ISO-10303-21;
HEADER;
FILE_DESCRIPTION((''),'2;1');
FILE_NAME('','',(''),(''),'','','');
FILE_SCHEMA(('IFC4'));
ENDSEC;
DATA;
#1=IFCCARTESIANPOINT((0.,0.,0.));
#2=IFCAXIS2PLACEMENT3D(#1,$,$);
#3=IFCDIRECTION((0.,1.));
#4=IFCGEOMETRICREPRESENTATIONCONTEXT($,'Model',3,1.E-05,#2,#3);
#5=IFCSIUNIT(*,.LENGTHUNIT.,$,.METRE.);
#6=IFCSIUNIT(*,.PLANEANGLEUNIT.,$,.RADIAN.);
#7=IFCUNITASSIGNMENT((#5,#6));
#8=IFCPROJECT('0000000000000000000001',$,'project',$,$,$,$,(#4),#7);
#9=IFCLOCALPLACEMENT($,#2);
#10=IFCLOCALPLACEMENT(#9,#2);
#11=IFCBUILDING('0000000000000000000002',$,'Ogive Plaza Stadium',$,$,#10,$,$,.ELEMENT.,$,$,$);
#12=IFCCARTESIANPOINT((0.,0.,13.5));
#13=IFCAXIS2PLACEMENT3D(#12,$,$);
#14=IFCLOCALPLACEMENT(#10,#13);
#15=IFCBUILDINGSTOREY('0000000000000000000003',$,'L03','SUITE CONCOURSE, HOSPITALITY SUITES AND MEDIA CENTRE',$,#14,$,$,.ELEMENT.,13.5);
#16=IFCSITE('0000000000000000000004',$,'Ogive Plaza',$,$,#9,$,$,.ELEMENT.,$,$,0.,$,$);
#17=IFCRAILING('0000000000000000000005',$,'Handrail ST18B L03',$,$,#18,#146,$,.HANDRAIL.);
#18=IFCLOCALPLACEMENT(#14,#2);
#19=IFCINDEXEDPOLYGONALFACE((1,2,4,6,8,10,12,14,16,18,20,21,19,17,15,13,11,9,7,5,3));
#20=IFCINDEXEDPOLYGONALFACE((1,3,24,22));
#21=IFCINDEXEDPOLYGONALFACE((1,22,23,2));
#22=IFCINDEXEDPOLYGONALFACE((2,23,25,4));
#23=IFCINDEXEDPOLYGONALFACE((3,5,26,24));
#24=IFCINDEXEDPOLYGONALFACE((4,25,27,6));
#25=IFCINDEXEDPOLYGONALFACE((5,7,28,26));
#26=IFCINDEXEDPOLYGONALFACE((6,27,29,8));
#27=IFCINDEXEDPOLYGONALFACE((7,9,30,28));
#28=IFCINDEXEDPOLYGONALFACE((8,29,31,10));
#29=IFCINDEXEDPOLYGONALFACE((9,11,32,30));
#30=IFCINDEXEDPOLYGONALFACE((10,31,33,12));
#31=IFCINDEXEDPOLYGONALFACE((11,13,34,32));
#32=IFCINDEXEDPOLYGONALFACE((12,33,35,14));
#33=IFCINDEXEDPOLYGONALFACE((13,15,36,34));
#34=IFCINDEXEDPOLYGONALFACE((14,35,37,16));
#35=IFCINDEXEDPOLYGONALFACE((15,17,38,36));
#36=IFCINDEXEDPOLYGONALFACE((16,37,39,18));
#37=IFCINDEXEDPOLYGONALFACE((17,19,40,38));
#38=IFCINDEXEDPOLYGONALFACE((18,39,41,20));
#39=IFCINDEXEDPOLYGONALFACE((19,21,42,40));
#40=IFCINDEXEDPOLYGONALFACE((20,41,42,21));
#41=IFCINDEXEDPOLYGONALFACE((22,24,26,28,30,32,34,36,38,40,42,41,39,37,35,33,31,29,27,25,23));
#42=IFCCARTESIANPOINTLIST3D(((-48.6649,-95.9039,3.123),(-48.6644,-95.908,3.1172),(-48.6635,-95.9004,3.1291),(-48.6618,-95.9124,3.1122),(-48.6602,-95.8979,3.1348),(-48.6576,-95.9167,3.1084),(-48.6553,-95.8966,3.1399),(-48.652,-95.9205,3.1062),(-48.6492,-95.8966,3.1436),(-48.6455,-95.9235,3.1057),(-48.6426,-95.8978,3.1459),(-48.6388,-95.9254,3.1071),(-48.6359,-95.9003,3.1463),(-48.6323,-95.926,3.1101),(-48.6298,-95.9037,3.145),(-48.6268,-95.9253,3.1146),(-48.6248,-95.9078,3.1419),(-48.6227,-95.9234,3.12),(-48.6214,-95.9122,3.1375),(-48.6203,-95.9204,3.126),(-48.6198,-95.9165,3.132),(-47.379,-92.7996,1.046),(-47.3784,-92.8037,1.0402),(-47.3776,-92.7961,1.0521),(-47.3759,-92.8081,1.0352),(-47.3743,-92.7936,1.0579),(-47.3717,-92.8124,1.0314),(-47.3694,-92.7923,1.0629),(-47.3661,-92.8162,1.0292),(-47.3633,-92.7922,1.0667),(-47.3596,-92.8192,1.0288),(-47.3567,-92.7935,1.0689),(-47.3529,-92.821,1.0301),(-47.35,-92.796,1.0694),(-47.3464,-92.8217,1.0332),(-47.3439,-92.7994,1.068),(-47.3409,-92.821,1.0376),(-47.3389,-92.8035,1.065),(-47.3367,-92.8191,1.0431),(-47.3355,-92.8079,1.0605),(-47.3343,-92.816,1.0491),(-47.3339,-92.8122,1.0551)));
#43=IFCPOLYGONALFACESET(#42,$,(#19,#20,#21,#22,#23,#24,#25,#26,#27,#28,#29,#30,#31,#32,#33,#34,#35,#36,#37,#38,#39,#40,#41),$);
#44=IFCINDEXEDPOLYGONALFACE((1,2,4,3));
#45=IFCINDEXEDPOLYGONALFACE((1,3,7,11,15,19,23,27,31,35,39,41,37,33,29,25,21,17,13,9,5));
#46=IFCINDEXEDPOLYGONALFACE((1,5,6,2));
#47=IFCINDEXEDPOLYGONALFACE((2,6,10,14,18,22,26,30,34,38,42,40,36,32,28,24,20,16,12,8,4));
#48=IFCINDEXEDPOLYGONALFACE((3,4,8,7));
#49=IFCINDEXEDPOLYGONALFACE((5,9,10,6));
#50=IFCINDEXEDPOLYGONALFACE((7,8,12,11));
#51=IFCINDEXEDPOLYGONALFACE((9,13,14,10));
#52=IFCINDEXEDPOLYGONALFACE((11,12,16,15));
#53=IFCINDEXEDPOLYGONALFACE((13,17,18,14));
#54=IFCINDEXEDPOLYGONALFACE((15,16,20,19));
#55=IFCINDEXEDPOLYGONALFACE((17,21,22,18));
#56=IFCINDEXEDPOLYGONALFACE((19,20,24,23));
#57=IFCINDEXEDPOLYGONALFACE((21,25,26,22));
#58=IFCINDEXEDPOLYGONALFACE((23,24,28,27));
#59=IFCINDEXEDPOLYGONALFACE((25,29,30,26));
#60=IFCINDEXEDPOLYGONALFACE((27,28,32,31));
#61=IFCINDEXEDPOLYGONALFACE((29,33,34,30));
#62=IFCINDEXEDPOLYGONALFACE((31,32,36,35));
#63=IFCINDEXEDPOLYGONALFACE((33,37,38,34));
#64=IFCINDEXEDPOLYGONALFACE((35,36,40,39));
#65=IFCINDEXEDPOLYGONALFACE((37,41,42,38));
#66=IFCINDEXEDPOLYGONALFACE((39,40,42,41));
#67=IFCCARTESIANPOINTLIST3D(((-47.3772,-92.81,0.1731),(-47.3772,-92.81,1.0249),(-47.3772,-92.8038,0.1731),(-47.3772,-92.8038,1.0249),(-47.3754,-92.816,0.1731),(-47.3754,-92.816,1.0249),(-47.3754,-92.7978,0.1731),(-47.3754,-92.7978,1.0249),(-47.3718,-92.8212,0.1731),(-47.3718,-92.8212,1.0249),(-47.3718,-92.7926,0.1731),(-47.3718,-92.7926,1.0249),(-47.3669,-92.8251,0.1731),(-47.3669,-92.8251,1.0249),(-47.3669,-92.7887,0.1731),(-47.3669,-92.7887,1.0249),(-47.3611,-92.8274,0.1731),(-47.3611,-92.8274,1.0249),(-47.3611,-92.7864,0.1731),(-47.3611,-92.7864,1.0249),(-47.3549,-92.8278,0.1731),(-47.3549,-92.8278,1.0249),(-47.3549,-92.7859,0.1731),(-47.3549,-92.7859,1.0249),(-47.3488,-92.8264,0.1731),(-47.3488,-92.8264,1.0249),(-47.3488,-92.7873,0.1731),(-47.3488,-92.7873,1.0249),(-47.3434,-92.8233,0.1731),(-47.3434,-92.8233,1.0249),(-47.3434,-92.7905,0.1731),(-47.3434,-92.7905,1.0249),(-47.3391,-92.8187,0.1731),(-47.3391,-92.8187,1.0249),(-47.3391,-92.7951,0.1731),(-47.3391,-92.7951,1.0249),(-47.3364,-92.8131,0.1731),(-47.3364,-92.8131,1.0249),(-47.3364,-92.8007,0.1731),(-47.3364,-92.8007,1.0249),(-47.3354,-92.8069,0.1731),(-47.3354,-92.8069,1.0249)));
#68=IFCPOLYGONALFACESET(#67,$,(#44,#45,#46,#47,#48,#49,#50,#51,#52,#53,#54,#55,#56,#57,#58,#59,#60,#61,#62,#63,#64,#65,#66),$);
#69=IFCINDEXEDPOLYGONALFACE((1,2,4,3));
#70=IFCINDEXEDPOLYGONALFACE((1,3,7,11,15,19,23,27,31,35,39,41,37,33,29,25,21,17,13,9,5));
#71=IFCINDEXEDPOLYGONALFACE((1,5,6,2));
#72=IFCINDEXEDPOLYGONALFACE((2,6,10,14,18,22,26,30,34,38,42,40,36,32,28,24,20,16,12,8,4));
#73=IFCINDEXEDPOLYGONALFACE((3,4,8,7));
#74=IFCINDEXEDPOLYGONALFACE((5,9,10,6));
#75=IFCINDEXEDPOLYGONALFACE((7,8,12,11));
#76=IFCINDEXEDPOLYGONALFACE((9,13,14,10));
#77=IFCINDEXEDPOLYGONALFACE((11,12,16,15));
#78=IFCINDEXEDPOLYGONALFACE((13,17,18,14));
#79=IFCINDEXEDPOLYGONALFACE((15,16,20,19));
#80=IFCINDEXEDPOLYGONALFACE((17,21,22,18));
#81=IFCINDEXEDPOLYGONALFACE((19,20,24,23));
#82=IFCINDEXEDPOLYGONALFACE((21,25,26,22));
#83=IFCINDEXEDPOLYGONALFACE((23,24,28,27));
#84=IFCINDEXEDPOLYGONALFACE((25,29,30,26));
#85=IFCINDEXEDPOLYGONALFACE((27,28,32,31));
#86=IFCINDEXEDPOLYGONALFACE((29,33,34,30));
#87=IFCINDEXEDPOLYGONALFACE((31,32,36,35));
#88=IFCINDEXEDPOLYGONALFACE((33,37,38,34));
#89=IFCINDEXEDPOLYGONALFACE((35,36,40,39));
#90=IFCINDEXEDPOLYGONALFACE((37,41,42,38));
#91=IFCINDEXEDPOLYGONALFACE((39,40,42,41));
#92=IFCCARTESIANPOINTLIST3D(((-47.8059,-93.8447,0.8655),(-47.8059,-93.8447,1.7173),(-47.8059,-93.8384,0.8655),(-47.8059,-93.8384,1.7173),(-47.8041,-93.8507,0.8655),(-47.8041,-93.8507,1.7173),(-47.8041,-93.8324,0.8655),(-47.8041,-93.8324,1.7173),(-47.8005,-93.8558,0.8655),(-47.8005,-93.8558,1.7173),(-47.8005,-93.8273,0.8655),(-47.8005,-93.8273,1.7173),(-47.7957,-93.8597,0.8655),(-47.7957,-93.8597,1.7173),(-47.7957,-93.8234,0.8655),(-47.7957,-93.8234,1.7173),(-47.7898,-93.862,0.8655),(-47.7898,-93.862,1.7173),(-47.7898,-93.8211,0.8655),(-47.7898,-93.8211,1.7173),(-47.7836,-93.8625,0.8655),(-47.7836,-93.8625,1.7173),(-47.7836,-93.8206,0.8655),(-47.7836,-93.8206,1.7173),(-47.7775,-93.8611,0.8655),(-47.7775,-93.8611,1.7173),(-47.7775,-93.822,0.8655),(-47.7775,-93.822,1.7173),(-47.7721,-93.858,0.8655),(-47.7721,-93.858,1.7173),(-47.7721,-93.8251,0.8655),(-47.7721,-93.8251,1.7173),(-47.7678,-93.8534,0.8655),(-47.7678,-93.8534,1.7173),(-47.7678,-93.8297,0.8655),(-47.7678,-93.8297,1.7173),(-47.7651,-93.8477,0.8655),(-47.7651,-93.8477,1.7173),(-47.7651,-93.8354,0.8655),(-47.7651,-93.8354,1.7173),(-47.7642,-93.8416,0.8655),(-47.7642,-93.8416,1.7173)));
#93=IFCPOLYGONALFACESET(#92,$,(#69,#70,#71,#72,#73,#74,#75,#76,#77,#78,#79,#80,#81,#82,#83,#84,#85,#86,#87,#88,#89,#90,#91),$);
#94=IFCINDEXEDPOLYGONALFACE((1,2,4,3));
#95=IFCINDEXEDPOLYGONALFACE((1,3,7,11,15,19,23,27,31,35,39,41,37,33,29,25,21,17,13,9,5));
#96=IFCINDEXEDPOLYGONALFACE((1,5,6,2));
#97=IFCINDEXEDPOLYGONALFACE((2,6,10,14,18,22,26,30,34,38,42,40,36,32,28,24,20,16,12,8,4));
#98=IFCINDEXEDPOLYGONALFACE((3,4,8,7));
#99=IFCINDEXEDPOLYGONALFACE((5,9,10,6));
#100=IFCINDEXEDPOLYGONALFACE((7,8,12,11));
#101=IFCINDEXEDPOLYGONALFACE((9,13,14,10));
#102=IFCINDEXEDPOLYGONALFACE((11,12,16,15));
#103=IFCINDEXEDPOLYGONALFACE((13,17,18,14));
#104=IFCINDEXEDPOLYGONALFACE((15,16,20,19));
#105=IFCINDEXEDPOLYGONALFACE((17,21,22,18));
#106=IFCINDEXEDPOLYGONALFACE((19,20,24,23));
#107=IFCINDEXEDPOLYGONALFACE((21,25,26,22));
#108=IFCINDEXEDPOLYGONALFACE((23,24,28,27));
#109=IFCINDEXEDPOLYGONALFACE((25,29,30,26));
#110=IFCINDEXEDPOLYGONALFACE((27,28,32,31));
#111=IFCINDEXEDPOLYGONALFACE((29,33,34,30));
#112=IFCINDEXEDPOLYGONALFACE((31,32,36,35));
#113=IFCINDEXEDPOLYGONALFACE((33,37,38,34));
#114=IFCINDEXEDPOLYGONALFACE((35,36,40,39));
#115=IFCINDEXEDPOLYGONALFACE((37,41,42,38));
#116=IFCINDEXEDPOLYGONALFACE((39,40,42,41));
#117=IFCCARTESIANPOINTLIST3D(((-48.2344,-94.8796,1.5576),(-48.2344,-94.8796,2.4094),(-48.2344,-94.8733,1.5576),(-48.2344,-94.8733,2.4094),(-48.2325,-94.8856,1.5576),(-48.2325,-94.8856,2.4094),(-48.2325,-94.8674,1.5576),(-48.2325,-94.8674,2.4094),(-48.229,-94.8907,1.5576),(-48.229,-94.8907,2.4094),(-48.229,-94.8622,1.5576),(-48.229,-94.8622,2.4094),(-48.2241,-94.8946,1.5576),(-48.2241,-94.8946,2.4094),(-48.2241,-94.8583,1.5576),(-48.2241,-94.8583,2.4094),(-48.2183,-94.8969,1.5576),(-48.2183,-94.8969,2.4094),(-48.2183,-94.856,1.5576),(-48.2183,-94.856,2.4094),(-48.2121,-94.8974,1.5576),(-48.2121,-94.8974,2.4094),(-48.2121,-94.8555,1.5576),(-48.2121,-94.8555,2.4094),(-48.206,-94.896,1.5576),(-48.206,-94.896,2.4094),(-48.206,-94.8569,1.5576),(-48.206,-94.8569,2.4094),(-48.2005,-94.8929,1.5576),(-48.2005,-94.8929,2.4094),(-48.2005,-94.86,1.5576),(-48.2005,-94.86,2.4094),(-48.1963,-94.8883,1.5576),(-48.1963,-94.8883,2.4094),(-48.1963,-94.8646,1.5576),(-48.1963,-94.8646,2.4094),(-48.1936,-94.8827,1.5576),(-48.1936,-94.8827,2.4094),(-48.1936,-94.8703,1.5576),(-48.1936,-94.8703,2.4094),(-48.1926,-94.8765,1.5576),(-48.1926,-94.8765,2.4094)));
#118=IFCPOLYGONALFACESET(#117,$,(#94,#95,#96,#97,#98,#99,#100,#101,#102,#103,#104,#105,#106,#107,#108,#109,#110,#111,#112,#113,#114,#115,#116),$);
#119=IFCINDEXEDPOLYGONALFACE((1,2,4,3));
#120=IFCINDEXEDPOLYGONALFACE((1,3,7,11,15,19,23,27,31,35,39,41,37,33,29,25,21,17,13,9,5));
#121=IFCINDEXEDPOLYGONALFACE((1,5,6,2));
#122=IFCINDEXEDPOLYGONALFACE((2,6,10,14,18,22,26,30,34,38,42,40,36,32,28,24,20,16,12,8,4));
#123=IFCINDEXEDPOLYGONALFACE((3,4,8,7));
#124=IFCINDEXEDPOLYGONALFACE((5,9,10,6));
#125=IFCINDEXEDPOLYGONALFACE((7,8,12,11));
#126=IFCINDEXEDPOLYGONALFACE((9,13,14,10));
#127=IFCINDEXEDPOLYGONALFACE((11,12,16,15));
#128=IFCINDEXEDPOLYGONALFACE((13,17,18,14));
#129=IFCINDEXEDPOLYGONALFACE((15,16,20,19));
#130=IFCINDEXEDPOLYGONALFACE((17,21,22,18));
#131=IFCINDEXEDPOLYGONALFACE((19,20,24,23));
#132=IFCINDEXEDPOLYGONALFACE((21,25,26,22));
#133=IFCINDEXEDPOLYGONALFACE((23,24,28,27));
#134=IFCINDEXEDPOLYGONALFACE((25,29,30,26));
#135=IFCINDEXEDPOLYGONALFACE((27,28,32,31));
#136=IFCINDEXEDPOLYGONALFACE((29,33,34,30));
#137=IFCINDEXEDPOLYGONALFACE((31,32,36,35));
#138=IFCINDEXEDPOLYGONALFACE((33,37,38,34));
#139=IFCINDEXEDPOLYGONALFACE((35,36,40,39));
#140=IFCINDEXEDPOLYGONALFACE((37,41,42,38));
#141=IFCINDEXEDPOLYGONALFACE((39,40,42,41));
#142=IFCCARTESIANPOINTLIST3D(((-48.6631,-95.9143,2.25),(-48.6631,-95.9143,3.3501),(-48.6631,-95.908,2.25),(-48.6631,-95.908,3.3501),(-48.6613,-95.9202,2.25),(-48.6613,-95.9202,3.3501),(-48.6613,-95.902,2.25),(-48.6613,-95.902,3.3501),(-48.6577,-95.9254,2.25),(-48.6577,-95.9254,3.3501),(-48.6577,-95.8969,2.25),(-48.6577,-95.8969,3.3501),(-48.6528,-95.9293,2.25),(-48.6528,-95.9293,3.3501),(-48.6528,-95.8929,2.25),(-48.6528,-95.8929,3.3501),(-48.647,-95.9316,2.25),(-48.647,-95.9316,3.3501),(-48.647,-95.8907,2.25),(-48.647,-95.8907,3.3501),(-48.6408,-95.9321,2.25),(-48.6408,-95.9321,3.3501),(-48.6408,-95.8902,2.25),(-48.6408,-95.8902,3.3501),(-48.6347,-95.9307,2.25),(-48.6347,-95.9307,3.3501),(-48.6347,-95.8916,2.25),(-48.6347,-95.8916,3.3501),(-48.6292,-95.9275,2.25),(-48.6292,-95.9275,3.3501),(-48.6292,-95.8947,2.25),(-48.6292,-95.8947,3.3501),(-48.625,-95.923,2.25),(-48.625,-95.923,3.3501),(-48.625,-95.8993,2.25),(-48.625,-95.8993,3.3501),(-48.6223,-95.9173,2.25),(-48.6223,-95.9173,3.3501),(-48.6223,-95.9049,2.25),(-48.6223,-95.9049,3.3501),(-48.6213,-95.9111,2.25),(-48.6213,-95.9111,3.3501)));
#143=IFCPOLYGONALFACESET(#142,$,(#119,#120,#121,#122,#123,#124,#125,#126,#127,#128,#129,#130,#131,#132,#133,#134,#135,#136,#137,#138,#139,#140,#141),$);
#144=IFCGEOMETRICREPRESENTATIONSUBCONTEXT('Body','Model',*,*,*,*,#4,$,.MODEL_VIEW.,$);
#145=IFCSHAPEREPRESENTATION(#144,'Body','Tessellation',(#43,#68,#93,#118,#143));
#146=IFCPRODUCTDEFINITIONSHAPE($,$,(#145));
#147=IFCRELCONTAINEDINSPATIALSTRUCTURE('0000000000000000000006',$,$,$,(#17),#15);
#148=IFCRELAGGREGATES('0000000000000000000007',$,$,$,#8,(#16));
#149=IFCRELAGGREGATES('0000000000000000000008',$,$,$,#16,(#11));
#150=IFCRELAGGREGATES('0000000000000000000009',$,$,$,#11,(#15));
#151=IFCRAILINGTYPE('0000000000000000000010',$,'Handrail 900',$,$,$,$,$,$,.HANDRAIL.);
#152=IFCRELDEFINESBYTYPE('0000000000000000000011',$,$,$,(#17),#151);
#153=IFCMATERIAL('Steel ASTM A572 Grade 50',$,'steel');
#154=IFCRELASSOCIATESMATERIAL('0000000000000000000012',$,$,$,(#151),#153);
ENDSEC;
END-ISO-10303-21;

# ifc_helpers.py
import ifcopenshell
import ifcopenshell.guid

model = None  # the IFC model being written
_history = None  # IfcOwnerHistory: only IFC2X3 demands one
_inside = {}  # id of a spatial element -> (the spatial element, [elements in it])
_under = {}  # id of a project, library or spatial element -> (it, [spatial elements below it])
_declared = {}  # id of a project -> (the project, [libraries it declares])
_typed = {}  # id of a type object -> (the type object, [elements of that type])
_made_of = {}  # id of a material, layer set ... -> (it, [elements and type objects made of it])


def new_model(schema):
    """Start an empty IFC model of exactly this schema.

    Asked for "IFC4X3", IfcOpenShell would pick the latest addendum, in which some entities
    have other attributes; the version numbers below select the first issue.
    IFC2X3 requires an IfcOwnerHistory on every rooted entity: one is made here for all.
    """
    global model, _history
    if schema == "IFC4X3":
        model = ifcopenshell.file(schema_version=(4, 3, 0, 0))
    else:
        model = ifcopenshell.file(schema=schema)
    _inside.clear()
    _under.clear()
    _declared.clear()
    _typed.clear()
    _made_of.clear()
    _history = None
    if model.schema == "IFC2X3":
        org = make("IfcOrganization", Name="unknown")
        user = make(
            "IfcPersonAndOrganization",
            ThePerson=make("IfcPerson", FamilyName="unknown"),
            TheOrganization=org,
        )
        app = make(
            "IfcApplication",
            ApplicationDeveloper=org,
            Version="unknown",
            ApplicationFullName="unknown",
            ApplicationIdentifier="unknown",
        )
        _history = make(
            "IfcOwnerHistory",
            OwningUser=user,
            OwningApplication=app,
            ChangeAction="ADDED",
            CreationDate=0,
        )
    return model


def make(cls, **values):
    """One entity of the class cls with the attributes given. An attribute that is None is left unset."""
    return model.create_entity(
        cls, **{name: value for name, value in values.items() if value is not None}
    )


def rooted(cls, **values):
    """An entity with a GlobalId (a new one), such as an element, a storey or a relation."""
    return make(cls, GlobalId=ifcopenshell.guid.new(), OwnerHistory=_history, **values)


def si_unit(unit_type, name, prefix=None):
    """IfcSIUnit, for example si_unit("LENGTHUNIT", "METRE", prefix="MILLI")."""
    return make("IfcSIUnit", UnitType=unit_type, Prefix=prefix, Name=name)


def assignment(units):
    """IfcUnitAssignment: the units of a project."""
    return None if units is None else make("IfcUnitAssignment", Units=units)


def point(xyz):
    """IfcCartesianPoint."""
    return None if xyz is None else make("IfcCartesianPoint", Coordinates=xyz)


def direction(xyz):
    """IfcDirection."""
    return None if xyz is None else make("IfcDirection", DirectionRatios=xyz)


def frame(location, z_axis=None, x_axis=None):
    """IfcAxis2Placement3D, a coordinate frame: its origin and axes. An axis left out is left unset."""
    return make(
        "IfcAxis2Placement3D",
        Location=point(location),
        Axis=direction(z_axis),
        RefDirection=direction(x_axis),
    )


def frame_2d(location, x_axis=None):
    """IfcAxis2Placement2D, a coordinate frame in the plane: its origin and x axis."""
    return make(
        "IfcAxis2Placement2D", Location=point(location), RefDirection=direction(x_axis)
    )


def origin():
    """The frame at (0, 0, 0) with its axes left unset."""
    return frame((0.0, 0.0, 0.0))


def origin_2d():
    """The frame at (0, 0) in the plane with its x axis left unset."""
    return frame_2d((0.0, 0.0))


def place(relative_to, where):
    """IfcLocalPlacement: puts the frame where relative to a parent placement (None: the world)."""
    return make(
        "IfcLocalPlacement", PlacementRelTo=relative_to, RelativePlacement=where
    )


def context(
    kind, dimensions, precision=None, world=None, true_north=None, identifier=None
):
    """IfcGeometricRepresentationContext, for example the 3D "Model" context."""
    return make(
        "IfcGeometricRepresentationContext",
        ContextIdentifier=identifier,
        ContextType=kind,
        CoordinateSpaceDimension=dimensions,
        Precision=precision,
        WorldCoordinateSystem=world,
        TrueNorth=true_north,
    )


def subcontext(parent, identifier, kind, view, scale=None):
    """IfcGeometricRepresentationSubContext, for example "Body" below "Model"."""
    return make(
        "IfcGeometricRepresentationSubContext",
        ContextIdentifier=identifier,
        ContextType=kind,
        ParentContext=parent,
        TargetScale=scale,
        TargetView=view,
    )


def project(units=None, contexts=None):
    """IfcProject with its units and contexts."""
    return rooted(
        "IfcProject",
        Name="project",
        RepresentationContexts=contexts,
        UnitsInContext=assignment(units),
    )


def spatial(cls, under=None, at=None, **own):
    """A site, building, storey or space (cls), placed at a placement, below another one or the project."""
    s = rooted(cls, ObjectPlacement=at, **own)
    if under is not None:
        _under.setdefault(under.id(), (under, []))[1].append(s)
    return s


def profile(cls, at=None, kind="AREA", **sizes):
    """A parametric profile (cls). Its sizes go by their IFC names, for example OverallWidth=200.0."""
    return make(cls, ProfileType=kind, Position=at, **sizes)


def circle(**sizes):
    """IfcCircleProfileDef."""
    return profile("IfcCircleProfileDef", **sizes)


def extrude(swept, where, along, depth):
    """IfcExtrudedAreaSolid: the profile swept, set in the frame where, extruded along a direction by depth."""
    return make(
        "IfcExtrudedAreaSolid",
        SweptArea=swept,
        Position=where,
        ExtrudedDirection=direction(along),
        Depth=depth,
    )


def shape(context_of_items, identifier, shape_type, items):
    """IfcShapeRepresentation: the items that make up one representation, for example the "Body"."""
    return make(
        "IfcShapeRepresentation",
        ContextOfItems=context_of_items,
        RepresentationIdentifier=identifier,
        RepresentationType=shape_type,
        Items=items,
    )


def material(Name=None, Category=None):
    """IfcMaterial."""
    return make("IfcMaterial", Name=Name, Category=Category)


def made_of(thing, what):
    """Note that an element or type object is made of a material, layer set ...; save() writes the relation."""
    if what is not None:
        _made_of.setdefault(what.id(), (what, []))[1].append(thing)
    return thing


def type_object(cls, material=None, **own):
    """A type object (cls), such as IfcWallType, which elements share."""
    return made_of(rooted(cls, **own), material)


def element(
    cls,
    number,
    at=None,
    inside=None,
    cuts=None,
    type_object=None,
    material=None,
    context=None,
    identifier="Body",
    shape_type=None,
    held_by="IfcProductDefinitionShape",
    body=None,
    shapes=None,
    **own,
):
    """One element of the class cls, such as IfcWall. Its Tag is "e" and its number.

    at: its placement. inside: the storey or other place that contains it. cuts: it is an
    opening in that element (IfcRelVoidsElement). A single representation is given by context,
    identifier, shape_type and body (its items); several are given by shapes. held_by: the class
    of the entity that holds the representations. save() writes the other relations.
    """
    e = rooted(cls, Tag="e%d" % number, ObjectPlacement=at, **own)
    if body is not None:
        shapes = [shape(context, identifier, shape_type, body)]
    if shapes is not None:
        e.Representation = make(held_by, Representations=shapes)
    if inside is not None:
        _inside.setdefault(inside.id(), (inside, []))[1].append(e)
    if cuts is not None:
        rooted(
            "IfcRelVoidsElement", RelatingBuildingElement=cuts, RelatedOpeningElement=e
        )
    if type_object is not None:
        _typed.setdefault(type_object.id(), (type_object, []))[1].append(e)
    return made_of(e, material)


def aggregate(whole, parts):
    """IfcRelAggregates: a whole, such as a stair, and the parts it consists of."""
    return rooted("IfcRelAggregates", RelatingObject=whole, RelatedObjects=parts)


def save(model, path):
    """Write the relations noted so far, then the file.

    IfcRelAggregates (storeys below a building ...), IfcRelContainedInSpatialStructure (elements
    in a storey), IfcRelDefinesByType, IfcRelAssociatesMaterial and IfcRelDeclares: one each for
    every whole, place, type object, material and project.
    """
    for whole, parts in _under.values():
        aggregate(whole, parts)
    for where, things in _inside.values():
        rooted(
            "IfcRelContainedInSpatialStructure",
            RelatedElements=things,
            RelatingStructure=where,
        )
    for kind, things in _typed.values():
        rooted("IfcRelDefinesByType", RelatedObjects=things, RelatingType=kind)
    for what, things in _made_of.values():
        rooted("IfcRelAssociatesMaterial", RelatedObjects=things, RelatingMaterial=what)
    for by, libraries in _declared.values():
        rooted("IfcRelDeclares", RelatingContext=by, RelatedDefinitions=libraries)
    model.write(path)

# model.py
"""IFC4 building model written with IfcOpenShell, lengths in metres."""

from ifc_helpers import new_model, si_unit, direction, frame, origin, origin_2d, place, context, subcontext, project, spatial, circle, extrude, material, type_object, element, save


model = new_model("IFC4")

# Units and contexts
model_context = context("Model", 3, precision=1e-05, world=origin(), true_north=direction((0.0, 1.0)))
body_context = subcontext(model_context, "Body", "Model", "MODEL_VIEW")
ifc_project = project(units=[si_unit("LENGTHUNIT", "METRE"), si_unit("PLANEANGLEUNIT", "RADIAN")], contexts=[model_context])

# Site, building, storey
site_placement = place(None, origin())
site = spatial("IfcSite", under=ifc_project, at=site_placement, Name="Ogive Plaza", CompositionType="ELEMENT", RefElevation=0.0)
building_placement = place(site_placement, origin())
building = spatial("IfcBuilding", under=site, at=building_placement, Name="Ogive Plaza Stadium", CompositionType="ELEMENT")
storey_placement = place(building_placement, frame((0.0, 0.0, 13.5)))
storey = spatial("IfcBuildingStorey", under=building, at=storey_placement, Name="L03", Description="SUITE CONCOURSE, HOSPITALITY SUITES AND MEDIA CENTRE", CompositionType="ELEMENT", Elevation=13.5)

# Railing
ifc_material_1 = material(Name="Steel ASTM A572 Grade 50", Category="steel")
railing_type_1 = type_object("IfcRailingType", Name="Handrail 900", PredefinedType="HANDRAIL", material=ifc_material_1)
for number, where, name in (
    (1, (-47.3564, -92.8069, 0.1731), "Handrail ST18B L03"),
):
    element("IfcRailing", number, at=place(storey_placement, frame(where)), inside=storey, type_object=railing_type_1, Name=name, PredefinedType="HANDRAIL", context=body_context, shape_type="SweptSolid", body=[
        extrude(circle(Radius=0.0239, at=origin_2d()), frame((0.0, 0.0, 0.876), z_axis=(-0.325532, -0.785863, 0.525783), x_axis=(0.923872, -0.3827, 0.0)), (0.0, 0.0, 1.0), 3.9502),
        extrude(circle(Radius=0.021, at=origin_2d()), origin(), (0.0, 0.0, 1.0), 0.8518),
        extrude(circle(Radius=0.021, at=origin_2d()), frame((-0.4287, -1.0347, 0.6924)), (0.0, 0.0, 1.0), 0.8518),
        extrude(circle(Radius=0.021, at=origin_2d()), frame((-0.8572, -2.0696, 1.3845)), (0.0, 0.0, 1.0), 0.8518),
        extrude(circle(Radius=0.021, at=origin_2d()), frame((-1.2859, -3.1042, 2.0769)), (0.0, 0.0, 1.0), 1.1001),
    ])

save(model, "model.ifc")
